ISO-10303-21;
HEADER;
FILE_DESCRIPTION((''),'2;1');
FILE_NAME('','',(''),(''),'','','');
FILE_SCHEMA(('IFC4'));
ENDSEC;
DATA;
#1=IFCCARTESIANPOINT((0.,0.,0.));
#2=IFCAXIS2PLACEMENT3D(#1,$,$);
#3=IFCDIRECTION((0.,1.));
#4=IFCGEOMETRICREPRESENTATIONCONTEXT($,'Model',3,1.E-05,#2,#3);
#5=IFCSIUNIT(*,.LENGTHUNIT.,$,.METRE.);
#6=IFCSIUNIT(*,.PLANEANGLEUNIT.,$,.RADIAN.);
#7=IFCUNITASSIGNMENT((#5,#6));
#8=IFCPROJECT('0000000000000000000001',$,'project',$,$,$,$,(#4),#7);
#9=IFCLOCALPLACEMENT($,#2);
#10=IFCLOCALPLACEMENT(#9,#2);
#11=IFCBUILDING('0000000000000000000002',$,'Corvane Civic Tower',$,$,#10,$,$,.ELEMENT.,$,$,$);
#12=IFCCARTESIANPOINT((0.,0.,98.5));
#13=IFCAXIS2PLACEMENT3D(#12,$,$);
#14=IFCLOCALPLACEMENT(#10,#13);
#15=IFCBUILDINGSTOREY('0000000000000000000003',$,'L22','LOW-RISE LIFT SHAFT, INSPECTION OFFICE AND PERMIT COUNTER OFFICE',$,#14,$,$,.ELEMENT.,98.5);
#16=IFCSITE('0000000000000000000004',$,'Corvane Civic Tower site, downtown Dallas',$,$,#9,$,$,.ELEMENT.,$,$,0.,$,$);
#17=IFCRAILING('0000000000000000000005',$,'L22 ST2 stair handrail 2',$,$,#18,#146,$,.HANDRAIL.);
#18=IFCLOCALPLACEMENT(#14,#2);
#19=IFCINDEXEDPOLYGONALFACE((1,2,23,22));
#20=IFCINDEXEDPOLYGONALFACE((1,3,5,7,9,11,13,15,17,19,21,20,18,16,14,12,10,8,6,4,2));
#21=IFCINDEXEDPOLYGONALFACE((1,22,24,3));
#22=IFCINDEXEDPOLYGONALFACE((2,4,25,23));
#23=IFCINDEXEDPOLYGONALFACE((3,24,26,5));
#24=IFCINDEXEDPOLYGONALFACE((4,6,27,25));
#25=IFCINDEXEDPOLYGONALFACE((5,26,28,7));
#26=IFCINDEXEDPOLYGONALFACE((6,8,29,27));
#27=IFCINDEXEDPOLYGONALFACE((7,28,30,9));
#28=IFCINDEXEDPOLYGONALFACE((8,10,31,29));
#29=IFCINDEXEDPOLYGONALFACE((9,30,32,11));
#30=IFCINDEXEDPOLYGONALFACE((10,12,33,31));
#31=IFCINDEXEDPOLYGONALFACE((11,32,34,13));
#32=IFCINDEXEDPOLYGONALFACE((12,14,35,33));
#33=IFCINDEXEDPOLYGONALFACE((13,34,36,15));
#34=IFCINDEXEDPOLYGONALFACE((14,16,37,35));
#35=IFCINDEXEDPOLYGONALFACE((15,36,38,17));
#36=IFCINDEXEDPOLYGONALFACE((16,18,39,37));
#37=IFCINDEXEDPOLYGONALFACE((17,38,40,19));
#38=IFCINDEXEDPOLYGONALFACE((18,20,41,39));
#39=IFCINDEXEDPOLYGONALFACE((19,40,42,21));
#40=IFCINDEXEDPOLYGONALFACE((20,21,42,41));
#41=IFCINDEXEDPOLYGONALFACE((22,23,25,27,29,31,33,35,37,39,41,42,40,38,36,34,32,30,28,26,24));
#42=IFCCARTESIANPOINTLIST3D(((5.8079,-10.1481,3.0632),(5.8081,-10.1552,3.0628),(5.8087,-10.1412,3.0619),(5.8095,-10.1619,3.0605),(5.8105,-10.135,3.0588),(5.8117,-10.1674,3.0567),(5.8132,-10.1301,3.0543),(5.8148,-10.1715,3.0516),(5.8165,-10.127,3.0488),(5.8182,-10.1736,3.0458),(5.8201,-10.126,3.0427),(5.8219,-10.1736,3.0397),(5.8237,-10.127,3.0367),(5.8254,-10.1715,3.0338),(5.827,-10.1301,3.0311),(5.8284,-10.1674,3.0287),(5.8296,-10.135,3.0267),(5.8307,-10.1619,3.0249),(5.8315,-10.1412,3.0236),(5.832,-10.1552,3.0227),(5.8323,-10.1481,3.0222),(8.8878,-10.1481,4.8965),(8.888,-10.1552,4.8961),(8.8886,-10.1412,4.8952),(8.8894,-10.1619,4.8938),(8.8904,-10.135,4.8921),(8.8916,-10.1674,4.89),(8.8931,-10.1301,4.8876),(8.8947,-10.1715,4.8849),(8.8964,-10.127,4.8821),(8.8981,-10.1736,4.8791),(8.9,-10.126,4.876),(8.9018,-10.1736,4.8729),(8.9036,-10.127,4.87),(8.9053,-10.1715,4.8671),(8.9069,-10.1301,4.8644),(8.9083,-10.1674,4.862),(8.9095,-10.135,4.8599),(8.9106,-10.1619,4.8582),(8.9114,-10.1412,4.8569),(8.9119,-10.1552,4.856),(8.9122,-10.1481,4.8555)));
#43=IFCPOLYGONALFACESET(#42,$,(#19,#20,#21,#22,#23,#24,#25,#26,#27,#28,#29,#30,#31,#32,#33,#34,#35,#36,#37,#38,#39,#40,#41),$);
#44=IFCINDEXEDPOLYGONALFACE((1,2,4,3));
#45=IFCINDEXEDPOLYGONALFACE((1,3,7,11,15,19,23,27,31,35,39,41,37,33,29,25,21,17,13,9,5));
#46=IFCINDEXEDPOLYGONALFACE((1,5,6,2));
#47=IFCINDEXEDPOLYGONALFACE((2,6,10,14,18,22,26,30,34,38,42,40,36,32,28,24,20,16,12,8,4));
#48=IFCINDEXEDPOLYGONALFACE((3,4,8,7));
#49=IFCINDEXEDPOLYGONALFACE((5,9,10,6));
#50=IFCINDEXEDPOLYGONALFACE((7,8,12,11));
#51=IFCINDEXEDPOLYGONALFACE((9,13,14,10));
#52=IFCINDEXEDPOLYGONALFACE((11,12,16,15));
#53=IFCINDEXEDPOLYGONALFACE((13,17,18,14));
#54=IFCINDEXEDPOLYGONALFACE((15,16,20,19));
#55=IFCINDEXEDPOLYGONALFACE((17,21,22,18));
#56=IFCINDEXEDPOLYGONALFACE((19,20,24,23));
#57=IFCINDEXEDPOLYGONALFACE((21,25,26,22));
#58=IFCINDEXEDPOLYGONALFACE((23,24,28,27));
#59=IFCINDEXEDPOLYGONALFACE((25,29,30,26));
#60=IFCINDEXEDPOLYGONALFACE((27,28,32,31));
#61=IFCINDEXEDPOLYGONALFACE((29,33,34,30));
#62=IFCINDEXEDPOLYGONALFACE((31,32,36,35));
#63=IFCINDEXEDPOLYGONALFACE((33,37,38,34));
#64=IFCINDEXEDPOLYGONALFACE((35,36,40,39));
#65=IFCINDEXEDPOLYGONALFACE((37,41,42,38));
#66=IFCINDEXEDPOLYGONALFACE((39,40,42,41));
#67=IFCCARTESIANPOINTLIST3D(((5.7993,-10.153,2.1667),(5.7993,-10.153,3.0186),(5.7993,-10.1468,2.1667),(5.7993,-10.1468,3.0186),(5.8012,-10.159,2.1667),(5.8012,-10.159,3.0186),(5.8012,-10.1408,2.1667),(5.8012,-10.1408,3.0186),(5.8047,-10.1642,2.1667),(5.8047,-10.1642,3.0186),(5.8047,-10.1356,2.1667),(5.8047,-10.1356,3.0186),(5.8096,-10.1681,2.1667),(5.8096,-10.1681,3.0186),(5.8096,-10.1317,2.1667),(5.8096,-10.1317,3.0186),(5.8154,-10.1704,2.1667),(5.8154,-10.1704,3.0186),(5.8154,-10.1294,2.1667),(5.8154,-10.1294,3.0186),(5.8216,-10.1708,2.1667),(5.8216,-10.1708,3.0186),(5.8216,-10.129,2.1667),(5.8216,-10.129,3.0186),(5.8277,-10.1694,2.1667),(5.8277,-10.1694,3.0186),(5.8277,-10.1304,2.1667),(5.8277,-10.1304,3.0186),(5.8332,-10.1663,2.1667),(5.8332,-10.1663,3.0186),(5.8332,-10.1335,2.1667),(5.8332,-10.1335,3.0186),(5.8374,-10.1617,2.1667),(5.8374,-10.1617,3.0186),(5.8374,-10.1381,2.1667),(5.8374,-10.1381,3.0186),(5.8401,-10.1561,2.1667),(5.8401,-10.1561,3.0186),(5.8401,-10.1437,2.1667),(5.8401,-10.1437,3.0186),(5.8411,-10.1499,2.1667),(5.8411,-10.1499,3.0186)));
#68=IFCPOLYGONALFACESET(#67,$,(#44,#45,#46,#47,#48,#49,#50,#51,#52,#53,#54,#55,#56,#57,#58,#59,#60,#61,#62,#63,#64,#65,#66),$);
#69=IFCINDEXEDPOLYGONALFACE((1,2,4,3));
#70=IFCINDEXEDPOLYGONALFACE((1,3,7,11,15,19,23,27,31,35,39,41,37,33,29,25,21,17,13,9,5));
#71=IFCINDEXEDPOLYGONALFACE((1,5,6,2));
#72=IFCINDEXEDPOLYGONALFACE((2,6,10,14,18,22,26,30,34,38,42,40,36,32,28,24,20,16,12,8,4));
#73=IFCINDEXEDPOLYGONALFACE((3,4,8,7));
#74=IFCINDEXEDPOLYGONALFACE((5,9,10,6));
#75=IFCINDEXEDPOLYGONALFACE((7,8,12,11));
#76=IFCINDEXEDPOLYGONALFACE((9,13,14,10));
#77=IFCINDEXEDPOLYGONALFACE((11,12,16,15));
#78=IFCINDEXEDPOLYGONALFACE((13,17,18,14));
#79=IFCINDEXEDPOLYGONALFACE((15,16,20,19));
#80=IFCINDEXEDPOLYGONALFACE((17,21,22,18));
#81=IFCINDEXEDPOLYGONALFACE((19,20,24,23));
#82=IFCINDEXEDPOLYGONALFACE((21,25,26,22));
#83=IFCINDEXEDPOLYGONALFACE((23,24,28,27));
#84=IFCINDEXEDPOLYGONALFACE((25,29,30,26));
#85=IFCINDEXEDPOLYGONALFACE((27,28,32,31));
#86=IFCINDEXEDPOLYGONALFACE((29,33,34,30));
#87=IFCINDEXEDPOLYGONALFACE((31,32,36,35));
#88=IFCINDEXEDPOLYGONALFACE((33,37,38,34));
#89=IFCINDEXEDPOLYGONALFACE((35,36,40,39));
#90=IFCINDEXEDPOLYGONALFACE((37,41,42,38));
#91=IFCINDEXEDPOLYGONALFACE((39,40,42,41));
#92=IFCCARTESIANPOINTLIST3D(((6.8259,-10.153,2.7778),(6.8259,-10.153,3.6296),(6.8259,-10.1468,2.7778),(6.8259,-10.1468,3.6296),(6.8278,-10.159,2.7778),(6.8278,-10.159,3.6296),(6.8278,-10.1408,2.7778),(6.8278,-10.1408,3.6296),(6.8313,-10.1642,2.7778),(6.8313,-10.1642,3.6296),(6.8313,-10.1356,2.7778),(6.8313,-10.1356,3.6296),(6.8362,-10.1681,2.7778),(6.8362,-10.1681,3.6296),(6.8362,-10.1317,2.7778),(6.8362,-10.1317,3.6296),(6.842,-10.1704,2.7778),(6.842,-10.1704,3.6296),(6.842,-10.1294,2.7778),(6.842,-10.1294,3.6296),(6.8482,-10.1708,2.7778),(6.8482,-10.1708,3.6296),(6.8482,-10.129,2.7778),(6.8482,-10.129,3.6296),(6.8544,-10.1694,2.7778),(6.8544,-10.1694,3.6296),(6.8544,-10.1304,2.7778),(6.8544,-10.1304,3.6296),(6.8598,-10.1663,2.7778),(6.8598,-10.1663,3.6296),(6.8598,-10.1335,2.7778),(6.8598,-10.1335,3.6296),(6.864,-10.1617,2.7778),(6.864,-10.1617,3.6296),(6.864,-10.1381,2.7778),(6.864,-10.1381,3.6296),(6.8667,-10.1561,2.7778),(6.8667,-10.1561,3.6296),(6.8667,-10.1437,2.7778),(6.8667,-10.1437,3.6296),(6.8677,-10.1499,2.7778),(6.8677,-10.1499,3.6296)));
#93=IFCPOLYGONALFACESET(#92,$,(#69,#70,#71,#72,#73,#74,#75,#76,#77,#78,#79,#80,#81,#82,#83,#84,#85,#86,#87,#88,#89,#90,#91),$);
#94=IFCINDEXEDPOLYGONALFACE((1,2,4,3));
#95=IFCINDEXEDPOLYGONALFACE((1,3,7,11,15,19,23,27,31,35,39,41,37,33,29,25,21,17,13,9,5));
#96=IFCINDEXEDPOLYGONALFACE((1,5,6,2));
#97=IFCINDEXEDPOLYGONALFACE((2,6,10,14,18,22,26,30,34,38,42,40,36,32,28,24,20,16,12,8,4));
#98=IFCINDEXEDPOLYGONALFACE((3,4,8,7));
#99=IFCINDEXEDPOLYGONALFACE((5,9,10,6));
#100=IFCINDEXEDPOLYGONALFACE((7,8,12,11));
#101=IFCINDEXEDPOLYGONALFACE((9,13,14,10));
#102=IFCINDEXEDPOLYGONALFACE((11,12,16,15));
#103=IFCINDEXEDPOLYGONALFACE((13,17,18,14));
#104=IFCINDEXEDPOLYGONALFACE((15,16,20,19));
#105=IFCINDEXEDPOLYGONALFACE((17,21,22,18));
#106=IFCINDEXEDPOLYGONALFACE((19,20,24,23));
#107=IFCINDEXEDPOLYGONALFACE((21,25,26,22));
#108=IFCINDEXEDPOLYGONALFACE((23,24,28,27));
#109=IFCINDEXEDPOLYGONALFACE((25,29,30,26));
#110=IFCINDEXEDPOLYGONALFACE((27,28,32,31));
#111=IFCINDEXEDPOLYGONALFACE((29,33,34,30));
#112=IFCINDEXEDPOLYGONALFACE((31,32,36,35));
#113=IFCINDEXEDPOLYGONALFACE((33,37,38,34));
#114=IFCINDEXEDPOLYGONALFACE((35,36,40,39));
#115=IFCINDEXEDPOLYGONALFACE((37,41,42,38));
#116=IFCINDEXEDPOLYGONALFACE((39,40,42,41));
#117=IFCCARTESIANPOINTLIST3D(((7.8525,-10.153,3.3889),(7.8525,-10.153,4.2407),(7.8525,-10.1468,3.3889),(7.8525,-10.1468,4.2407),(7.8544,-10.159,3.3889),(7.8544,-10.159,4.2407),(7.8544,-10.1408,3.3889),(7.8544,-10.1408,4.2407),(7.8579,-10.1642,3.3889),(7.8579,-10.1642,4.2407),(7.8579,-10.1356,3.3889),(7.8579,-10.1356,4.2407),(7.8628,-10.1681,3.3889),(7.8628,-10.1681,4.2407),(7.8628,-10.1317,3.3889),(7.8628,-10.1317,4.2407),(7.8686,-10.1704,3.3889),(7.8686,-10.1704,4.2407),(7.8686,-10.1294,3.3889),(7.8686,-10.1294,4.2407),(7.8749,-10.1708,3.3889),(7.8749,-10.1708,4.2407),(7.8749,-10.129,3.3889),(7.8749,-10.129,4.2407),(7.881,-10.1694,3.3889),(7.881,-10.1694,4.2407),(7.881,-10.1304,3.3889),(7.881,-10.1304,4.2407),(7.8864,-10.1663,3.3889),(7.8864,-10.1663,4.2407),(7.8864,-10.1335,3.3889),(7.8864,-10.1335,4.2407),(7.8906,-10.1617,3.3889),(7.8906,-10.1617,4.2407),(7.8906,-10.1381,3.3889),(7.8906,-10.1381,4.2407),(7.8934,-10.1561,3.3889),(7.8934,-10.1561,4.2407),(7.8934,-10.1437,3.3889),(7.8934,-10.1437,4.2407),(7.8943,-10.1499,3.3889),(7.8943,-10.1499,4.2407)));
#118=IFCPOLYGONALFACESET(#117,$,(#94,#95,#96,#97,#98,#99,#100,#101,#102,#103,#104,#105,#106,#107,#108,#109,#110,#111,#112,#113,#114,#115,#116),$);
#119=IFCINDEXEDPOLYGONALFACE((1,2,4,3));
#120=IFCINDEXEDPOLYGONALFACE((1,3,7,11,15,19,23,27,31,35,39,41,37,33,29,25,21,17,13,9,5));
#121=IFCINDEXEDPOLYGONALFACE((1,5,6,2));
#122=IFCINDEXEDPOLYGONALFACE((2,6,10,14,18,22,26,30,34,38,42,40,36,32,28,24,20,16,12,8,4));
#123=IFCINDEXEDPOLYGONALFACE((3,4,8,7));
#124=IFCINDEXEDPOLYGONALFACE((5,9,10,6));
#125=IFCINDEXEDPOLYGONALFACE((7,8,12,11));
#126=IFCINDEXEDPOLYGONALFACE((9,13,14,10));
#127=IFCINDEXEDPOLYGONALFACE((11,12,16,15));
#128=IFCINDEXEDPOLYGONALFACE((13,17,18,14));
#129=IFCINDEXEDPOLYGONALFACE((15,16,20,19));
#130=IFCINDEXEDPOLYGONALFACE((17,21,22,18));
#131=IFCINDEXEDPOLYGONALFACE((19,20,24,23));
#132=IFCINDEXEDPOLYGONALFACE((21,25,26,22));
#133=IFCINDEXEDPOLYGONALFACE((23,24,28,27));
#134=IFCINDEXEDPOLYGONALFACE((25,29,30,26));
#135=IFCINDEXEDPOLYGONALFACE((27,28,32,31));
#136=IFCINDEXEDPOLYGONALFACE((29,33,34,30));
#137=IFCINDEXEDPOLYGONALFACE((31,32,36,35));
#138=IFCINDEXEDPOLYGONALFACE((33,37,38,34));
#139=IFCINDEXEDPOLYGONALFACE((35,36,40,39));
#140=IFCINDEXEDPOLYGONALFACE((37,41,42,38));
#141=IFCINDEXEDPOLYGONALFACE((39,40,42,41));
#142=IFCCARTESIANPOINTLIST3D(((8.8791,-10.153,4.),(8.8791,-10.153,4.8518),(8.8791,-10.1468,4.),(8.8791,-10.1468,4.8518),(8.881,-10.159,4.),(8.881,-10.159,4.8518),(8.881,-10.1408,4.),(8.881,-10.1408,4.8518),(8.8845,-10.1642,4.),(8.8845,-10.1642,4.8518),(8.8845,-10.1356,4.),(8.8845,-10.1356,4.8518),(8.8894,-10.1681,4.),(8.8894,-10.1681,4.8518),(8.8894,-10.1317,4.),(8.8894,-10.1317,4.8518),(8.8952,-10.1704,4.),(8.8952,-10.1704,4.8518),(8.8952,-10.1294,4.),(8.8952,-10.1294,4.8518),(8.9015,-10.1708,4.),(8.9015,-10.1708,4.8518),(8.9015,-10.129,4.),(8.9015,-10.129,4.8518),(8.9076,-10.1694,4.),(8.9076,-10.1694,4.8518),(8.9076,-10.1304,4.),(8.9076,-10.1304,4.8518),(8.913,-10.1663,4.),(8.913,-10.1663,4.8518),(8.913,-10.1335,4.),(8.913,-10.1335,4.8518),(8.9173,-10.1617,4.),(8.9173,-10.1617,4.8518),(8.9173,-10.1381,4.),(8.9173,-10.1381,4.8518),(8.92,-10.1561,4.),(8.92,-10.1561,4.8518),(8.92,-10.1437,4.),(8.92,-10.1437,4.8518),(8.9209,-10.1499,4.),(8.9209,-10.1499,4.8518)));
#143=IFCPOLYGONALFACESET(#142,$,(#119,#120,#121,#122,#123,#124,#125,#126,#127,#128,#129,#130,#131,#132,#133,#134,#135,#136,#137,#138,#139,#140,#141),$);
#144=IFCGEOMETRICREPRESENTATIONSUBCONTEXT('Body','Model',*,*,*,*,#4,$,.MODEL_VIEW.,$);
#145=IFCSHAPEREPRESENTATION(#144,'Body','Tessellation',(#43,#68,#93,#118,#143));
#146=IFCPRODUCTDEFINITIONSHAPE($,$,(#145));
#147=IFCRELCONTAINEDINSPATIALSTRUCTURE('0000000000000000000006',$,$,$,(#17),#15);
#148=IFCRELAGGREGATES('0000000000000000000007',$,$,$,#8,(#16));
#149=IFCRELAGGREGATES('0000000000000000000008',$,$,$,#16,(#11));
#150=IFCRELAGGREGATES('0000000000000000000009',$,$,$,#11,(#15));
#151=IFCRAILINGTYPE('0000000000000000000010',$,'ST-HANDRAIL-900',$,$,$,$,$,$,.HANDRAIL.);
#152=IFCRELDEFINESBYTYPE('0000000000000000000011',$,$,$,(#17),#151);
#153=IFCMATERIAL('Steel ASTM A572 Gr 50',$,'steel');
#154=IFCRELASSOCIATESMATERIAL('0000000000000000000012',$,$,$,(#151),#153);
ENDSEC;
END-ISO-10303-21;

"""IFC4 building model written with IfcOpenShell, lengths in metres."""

from ifc_helpers import new_model, si_unit, direction, frame, origin, origin_2d, place, context, subcontext, project, spatial, circle, extrude, material, type_object, element, save


model = new_model("IFC4")

# Units and contexts
model_context = context("Model", 3, precision=1e-05, world=origin(), true_north=direction((0.0, 1.0)))
body_context = subcontext(model_context, "Body", "Model", "MODEL_VIEW")
ifc_project = project(units=[si_unit("LENGTHUNIT", "METRE"), si_unit("PLANEANGLEUNIT", "RADIAN")], contexts=[model_context])

# Site, building, storey
site_placement = place(None, origin())
site = spatial("IfcSite", under=ifc_project, at=site_placement, Name="Corvane Civic Tower site, downtown Dallas", CompositionType="ELEMENT", RefElevation=0.0)
building_placement = place(site_placement, origin())
building = spatial("IfcBuilding", under=site, at=building_placement, Name="Corvane Civic Tower", CompositionType="ELEMENT")
storey_placement = place(building_placement, frame((0.0, 0.0, 98.5)))
storey = spatial("IfcBuildingStorey", under=building, at=storey_placement, Name="L22", Description="LOW-RISE LIFT SHAFT, INSPECTION OFFICE AND PERMIT COUNTER OFFICE", CompositionType="ELEMENT", Elevation=98.5)

# Railing
ifc_material_1 = material(Name="Steel ASTM A572 Gr 50", Category="steel")
railing_type = type_object("IfcRailingType", Name="ST-HANDRAIL-900", PredefinedType="HANDRAIL", material=ifc_material_1)
railing_placement = place(storey_placement, frame((5.8201, -10.1499, 2.1667)))
element("IfcRailing", 1, at=railing_placement, inside=storey, type_object=railing_type, Name="L22 ST2 stair handrail 2", PredefinedType="HANDRAIL", context=body_context, shape_type="SweptSolid", body=[
    extrude(circle(Radius=0.0239, at=origin_2d()), frame((0.0, 0.0, 0.876), z_axis=(0.859291, 0.0, 0.511487), x_axis=(0.0, 1.0, 0.0)), (0.0, 0.0, 1.0), 3.5842),
    extrude(circle(Radius=0.021, at=origin_2d()), origin(), (0.0, 0.0, 1.0), 0.8518),
    extrude(circle(Radius=0.021, at=origin_2d()), frame((1.0266, 0.0, 0.6111)), (0.0, 0.0, 1.0), 0.8518),
    extrude(circle(Radius=0.021, at=origin_2d()), frame((2.0532, 0.0, 1.2222)), (0.0, 0.0, 1.0), 0.8518),
    extrude(circle(Radius=0.021, at=origin_2d()), frame((3.0798, 0.0, 1.8333)), (0.0, 0.0, 1.0), 0.8518),
])

save(model, "model.ifc")
